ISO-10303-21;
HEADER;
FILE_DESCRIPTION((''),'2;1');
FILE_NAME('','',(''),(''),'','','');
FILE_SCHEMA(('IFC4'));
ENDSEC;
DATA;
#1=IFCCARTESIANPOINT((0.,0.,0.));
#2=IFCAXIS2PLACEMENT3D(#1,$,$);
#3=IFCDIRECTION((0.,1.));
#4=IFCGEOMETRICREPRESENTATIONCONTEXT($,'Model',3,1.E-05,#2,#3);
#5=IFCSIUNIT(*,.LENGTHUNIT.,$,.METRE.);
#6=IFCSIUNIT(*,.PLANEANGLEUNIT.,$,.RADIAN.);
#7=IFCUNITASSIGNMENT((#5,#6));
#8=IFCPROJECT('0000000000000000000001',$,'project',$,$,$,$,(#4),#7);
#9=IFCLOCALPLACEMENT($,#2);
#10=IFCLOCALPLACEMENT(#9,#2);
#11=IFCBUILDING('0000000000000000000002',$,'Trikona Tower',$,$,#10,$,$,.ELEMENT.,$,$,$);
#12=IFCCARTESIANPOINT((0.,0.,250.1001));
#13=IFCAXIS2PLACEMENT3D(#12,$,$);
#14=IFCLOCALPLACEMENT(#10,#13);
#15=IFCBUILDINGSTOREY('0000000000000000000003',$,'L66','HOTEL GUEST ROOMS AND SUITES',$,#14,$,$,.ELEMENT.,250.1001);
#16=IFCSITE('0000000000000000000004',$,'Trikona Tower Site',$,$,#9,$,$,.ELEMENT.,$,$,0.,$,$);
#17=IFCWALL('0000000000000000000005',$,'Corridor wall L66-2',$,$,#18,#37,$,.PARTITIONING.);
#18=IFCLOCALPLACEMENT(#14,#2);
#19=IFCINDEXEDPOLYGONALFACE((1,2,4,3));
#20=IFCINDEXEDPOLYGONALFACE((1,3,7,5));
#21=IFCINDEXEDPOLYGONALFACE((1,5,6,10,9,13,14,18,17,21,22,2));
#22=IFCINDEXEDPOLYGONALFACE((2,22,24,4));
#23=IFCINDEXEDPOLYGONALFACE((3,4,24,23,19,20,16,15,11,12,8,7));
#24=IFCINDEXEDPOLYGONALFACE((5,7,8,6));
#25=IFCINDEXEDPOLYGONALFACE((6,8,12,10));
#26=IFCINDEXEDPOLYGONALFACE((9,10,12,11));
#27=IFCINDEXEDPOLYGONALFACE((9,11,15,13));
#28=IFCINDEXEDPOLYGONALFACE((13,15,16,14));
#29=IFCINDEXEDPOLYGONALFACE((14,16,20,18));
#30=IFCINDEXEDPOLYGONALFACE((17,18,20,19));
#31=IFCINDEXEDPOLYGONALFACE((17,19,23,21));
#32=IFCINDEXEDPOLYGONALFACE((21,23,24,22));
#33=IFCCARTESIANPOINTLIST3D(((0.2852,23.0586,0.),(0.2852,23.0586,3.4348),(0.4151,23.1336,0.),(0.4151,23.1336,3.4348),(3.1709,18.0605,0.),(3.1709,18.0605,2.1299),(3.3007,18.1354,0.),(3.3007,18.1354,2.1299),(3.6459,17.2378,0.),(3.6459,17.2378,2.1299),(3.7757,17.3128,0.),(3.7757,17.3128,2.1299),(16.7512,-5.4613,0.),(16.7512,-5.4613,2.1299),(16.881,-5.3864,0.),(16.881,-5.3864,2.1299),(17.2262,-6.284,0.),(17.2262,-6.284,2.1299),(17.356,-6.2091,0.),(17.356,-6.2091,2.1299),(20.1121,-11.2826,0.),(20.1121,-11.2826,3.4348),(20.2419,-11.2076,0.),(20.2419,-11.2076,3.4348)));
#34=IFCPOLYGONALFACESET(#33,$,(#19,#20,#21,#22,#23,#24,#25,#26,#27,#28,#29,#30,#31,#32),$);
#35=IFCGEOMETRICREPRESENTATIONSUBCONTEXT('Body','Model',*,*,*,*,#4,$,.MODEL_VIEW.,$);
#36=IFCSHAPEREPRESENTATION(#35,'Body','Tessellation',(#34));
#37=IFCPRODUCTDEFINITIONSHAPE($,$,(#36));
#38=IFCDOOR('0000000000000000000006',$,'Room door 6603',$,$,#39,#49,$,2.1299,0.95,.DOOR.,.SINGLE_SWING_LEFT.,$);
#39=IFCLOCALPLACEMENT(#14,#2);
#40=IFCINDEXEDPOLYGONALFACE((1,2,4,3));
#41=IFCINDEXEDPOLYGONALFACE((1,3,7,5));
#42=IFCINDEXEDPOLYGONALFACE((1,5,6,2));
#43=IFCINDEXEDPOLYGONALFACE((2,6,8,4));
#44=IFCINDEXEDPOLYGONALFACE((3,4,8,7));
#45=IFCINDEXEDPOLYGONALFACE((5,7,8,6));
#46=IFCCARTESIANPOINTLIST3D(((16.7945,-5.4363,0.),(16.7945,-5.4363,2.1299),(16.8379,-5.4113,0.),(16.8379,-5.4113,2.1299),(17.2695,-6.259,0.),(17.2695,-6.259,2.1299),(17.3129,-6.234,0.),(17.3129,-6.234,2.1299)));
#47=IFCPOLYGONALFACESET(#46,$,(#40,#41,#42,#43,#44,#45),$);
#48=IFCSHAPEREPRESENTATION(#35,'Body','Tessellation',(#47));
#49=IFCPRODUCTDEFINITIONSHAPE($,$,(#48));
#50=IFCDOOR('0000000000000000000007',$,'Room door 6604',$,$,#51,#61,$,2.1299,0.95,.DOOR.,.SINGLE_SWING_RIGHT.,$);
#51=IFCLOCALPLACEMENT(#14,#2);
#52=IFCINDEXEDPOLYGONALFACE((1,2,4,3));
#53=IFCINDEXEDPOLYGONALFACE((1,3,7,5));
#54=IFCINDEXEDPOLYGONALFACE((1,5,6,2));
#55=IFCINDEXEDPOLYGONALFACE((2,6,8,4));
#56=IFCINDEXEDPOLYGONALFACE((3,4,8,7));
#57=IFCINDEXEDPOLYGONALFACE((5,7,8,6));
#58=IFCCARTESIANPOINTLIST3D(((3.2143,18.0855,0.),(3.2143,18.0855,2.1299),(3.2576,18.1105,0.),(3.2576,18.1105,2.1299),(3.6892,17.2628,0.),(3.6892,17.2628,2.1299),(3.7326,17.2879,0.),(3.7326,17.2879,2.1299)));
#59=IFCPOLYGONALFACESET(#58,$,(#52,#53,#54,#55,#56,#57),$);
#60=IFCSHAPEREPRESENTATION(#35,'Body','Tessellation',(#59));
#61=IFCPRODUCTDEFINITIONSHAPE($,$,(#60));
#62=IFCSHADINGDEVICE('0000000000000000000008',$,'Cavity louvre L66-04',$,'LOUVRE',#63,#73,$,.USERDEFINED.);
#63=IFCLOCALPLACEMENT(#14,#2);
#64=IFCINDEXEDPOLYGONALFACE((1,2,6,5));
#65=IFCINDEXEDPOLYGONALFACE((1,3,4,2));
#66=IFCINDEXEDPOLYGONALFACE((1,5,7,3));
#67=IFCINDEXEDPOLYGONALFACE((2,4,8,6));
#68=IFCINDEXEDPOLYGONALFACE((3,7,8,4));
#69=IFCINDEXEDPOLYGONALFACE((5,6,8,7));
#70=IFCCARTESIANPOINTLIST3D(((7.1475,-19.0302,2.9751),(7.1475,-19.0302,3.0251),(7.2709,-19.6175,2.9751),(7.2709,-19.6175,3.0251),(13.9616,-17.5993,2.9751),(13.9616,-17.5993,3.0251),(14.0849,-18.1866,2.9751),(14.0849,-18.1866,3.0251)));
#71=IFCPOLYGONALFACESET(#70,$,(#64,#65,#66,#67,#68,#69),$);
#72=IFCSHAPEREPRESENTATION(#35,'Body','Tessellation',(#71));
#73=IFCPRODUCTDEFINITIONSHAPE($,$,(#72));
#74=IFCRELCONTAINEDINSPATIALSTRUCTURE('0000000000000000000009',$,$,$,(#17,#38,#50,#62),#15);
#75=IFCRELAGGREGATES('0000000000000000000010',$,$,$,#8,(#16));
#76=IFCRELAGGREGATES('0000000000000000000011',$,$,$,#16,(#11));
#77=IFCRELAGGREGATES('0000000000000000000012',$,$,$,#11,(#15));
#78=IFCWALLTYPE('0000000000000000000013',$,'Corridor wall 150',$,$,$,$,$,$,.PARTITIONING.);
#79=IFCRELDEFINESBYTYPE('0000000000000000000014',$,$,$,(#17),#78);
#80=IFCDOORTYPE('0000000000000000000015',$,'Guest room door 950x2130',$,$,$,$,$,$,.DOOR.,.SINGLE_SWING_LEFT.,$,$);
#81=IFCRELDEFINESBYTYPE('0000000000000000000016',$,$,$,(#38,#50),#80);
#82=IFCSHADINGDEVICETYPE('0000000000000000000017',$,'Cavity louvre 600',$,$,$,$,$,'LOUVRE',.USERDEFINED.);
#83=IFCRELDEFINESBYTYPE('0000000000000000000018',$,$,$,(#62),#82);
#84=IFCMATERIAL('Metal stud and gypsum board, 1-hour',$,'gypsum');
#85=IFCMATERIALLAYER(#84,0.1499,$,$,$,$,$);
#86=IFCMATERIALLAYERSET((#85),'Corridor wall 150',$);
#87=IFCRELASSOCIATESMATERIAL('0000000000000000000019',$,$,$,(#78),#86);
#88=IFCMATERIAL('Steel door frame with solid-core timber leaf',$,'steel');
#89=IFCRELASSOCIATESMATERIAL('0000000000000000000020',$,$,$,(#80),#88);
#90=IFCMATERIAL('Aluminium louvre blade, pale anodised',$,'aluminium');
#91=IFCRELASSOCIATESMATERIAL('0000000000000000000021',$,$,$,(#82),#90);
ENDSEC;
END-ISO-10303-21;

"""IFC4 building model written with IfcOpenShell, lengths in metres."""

from ifc_helpers import new_model, si_unit, direction, frame, frame_2d, origin, origin_2d, place, context, subcontext, project, spatial, rectangle, extrude, material, layer, layer_set, type_object, element, fill, save


model = new_model("IFC4")

# Units and contexts
model_context = context("Model", 3, precision=1e-05, world=origin(), true_north=direction((0.0, 1.0)))
body_context = subcontext(model_context, "Body", "Model", "MODEL_VIEW")
ifc_project = project(units=[si_unit("LENGTHUNIT", "METRE"), si_unit("PLANEANGLEUNIT", "RADIAN")], contexts=[model_context])

# Site, building, storey
site_placement = place(None, origin())
site = spatial("IfcSite", under=ifc_project, at=site_placement, Name="Trikona Tower Site", CompositionType="ELEMENT", RefElevation=0.0)
building_placement = place(site_placement, origin())
building = spatial("IfcBuilding", under=site, at=building_placement, Name="Trikona Tower", CompositionType="ELEMENT")
storey_placement = place(building_placement, frame((0.0, 0.0, 250.1001)))
storey = spatial("IfcBuildingStorey", under=building, at=storey_placement, Name="L66", Description="HOTEL GUEST ROOMS AND SUITES", CompositionType="ELEMENT", Elevation=250.1001)

# Wall, openings, doors
ifc_material_1 = material(Name="Metal stud and gypsum board, 1-hour", Category="gypsum")
ifc_layer_1 = layer(ifc_material_1, 0.1499)
ifc_layer_set_1 = layer_set([ifc_layer_1], Name="Corridor wall 150")
wall_type_1 = type_object("IfcWallType", Name="Corridor wall 150", PredefinedType="PARTITIONING", material=ifc_layer_set_1)
wall_1_placement = place(storey_placement, frame((20.177, -11.2451, 0.0), z_axis=(0.0, 0.0, 1.0), x_axis=(-0.499999, 0.866026, 0.0)))
wall_1 = element("IfcWall", 1, at=wall_1_placement, inside=storey, type_object=wall_type_1, Name="Corridor wall L66-2", PredefinedType="PARTITIONING", context=body_context, shape_type="SweptSolid", body=[
    extrude(rectangle(XDim=39.6538, YDim=0.1499, at=frame_2d((19.8269, 0.0))), origin(), (0.0, 0.0, 1.0), 3.4348),
])
opening_1_placement = place(wall_1_placement, frame((5.7717, 0.0, 0.0)))
opening_1 = element("IfcOpeningElement", 2, at=opening_1_placement, cuts=wall_1, PredefinedType="OPENING", context=body_context, shape_type="SweptSolid", body=[
    extrude(rectangle(XDim=0.95, YDim=2.1299, at=frame_2d((0.4751, 1.0649))), frame((0.0, 0.085, 0.0), z_axis=(0.0, -1.0, 0.0), x_axis=(1.0, 0.0, 0.0)), (0.0, 0.0, 1.0), 0.1699),
])
opening_2_placement = place(wall_1_placement, frame((32.9324, 0.0, 0.0)))
opening_2 = element("IfcOpeningElement", 3, at=opening_2_placement, cuts=wall_1, PredefinedType="OPENING", context=body_context, shape_type="SweptSolid", body=[
    extrude(rectangle(XDim=0.95, YDim=2.1299, at=frame_2d((0.4751, 1.0649))), frame((0.0, 0.085, 0.0), z_axis=(0.0, -1.0, 0.0), x_axis=(1.0, 0.0, 0.0)), (0.0, 0.0, 1.0), 0.1699),
])
ifc_material_2 = material(Name="Steel door frame with solid-core timber leaf", Category="steel")
door_type_1 = type_object("IfcDoorType", Name="Guest room door 950x2130", OperationType="SINGLE_SWING_LEFT", PredefinedType="DOOR", material=ifc_material_2)
door_1_placement = place(opening_1_placement, origin())
door_1 = element("IfcDoor", 4, at=door_1_placement, inside=storey, type_object=door_type_1, Name="Room door 6603", OperationType="SINGLE_SWING_LEFT", OverallHeight=2.1299, OverallWidth=0.95, PredefinedType="DOOR", context=body_context, shape_type="SweptSolid", body=[
    extrude(rectangle(XDim=0.95, YDim=2.1299, at=frame_2d((0.4751, 1.0649))), frame((0.0, 0.0249, 0.0), z_axis=(0.0, -1.0, 0.0), x_axis=(1.0, 0.0, 0.0)), (0.0, 0.0, 1.0), 0.05),
])
fill(opening_1, door_1)
door_2_placement = place(opening_2_placement, origin())
door_2 = element("IfcDoor", 5, at=door_2_placement, inside=storey, type_object=door_type_1, Name="Room door 6604", OperationType="SINGLE_SWING_RIGHT", OverallHeight=2.1299, OverallWidth=0.95, PredefinedType="DOOR", context=body_context, shape_type="SweptSolid", body=[
    extrude(rectangle(XDim=0.95, YDim=2.1299, at=frame_2d((0.4751, 1.0649))), frame((0.0, 0.0249, 0.0), z_axis=(0.0, -1.0, 0.0), x_axis=(1.0, 0.0, 0.0)), (0.0, 0.0, 1.0), 0.05),
])
fill(opening_2, door_2)

# Shading device
ifc_material_3 = material(Name="Aluminium louvre blade, pale anodised", Category="aluminium")
shading_device_type = type_object("IfcShadingDeviceType", Name="Cavity louvre 600", ElementType="LOUVRE", PredefinedType="USERDEFINED", material=ifc_material_3)
shading_device_placement = place(storey_placement, frame((10.6162, -18.6084, 2.9751), z_axis=(0.0, 0.0, 1.0), x_axis=(0.978653, 0.205518, 0.0)))
element("IfcShadingDevice", 6, at=shading_device_placement, inside=storey, type_object=shading_device_type, Name="Cavity louvre L66-04", ObjectType="LOUVRE", PredefinedType="USERDEFINED", context=body_context, shape_type="SweptSolid", body=[
    extrude(rectangle(XDim=6.9626, YDim=0.6001, at=origin_2d()), origin(), (0.0, 0.0, 1.0), 0.05),
])

save(model, "model.ifc")
